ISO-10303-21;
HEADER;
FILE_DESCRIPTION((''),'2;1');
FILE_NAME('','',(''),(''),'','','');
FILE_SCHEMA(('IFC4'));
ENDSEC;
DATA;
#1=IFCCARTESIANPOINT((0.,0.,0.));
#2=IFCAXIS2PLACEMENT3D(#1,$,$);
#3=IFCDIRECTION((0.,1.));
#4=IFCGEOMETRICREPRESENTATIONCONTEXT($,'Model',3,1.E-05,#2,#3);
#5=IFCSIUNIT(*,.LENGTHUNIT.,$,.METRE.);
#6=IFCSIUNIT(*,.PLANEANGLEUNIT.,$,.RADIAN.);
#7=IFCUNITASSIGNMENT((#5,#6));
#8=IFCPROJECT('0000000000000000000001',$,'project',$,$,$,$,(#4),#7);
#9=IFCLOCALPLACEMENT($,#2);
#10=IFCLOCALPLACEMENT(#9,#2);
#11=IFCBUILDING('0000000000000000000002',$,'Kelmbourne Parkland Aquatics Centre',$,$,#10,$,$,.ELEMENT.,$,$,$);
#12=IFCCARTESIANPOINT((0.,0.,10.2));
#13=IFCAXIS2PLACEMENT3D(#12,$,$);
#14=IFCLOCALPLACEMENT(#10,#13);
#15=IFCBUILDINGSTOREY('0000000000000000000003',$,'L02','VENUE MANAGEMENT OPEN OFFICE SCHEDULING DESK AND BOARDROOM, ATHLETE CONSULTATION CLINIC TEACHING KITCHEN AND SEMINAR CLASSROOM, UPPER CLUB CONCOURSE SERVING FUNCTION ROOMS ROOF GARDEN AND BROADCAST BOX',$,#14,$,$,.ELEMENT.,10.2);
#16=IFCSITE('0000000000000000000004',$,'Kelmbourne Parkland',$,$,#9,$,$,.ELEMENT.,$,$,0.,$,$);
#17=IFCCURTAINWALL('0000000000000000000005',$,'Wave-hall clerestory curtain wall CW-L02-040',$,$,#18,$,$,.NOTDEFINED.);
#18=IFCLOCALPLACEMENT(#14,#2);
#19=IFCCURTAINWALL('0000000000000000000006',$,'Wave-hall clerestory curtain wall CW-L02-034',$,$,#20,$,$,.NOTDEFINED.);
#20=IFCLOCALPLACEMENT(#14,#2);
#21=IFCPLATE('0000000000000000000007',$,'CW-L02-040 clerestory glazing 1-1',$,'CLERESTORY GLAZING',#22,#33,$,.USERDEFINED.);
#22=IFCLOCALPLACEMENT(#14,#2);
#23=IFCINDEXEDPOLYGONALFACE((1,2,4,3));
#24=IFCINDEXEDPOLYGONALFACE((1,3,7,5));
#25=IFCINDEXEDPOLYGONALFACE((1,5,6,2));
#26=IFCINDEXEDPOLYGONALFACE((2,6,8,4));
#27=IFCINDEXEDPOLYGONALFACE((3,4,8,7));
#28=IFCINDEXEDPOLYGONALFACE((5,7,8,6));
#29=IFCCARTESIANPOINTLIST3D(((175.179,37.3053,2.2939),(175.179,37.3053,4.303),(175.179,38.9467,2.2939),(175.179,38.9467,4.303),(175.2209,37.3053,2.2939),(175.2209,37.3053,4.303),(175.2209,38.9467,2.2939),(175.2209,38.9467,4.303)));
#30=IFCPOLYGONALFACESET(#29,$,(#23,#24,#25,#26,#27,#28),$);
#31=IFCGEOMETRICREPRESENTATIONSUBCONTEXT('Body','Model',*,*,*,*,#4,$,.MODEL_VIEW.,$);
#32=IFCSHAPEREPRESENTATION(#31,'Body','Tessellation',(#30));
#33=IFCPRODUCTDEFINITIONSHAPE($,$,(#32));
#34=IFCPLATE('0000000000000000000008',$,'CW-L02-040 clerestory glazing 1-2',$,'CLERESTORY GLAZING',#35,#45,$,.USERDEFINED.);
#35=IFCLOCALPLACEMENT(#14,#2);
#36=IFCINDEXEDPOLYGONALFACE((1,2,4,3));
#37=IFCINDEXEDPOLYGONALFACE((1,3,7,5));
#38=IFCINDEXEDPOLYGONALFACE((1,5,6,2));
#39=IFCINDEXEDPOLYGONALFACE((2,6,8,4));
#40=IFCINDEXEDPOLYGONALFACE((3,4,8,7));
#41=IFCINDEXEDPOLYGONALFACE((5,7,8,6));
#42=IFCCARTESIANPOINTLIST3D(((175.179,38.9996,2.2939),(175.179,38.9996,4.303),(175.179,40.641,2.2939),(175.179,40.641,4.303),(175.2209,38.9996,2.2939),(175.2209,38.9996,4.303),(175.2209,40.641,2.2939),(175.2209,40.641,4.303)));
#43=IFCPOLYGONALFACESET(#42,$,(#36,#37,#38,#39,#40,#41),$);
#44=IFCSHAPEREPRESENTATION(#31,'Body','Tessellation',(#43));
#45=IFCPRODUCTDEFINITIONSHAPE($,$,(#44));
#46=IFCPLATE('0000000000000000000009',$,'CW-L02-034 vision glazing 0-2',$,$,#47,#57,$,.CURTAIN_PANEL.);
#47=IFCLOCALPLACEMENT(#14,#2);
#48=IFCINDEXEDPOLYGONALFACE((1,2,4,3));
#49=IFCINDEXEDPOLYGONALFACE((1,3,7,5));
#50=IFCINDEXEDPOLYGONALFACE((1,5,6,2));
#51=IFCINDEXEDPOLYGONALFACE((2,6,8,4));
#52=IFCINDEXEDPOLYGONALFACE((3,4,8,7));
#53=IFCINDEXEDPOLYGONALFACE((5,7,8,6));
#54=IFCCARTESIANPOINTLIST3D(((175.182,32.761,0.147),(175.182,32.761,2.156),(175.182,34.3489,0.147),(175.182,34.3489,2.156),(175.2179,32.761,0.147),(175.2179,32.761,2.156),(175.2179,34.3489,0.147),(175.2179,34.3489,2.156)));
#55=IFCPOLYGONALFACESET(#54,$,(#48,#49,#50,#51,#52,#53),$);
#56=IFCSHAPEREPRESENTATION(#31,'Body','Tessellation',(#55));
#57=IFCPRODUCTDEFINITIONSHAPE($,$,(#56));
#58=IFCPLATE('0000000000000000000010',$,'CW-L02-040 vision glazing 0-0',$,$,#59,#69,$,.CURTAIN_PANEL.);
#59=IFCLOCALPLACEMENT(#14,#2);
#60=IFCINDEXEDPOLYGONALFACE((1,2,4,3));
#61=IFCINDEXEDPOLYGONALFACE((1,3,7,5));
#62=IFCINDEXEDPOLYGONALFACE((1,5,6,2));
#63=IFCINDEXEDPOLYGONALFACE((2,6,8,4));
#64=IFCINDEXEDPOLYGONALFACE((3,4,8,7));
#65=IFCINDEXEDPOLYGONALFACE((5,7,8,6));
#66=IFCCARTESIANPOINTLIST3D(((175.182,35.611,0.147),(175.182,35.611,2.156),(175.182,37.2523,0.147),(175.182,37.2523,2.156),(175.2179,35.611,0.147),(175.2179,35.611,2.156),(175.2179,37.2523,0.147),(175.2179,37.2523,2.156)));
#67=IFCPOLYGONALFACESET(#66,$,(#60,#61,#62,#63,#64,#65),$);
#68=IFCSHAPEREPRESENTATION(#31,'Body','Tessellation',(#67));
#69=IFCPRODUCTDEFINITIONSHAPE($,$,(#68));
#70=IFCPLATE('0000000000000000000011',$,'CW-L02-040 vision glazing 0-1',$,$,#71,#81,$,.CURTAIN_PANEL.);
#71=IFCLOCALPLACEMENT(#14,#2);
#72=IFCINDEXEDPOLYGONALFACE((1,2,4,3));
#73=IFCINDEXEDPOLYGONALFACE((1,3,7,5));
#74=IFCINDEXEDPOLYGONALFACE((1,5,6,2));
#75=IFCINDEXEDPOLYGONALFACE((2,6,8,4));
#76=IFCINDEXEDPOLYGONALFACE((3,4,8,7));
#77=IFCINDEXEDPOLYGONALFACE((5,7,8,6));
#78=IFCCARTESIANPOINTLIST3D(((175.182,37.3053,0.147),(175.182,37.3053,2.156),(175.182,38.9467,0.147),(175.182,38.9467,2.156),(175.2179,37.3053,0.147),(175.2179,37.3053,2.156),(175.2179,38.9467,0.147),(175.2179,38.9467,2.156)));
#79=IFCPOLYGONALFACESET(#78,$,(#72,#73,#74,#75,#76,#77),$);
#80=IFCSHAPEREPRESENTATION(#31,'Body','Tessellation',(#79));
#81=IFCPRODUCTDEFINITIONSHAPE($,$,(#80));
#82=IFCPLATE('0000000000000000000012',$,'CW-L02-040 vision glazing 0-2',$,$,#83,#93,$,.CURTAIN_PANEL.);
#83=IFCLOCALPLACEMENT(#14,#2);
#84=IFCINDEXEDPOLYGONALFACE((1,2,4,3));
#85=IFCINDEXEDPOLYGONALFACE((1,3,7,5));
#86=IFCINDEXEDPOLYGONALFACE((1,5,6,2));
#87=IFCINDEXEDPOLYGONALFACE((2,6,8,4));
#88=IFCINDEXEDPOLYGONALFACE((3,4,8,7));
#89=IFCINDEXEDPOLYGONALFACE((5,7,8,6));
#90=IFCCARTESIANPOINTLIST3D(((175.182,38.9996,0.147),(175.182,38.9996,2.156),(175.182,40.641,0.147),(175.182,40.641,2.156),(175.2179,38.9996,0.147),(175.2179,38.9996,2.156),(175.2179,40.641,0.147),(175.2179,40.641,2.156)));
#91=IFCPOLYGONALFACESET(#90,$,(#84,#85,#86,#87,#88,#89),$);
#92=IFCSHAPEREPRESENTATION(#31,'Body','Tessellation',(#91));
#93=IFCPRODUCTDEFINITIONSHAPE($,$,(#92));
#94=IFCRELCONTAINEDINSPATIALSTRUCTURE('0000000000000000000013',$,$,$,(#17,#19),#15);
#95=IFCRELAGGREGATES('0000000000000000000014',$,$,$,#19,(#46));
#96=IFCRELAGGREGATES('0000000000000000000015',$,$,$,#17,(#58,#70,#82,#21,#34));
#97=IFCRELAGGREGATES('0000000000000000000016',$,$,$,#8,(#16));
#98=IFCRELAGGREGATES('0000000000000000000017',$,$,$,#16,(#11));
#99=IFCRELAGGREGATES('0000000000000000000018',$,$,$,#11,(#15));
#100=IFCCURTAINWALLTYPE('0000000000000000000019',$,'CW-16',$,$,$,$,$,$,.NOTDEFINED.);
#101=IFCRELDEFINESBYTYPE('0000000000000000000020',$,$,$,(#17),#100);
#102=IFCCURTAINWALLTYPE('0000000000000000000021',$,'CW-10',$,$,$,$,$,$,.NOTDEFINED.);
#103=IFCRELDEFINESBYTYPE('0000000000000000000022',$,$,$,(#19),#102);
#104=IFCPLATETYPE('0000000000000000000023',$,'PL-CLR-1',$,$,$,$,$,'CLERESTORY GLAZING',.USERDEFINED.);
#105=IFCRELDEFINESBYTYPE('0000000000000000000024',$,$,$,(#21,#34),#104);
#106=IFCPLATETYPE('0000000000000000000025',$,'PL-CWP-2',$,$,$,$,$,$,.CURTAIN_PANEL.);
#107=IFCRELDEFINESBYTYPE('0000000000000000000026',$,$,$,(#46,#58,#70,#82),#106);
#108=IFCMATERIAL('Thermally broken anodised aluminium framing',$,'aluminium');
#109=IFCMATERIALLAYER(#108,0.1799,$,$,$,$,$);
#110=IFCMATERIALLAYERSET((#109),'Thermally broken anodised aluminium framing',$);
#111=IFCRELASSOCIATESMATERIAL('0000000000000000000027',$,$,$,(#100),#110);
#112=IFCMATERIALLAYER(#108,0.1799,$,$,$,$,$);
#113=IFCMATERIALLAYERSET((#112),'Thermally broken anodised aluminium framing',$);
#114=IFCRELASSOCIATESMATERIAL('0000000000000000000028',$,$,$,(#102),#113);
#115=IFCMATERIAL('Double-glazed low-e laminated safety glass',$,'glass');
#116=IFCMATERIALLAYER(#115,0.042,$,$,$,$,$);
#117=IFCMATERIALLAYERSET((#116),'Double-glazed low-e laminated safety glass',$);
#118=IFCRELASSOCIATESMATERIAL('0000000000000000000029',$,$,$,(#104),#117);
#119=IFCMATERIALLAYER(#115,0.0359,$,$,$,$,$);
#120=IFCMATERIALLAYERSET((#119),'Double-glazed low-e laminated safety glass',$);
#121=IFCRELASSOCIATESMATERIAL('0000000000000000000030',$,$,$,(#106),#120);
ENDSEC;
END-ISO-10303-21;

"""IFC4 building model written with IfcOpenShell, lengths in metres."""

from ifc_helpers import new_model, si_unit, direction, frame, origin, origin_2d, place, context, subcontext, project, spatial, rectangle, extrude, material, layer, layer_set, type_object, element, aggregate, save


model = new_model("IFC4")

# Units and contexts
model_context = context("Model", 3, precision=1e-05, world=origin(), true_north=direction((0.0, 1.0)))
body_context = subcontext(model_context, "Body", "Model", "MODEL_VIEW")
ifc_project = project(units=[si_unit("LENGTHUNIT", "METRE"), si_unit("PLANEANGLEUNIT", "RADIAN")], contexts=[model_context])

# Site, building, storey
site_placement = place(None, origin())
site = spatial("IfcSite", under=ifc_project, at=site_placement, Name="Kelmbourne Parkland", CompositionType="ELEMENT", RefElevation=0.0)
building_placement = place(site_placement, origin())
building = spatial("IfcBuilding", under=site, at=building_placement, Name="Kelmbourne Parkland Aquatics Centre", CompositionType="ELEMENT")
storey_placement = place(building_placement, frame((0.0, 0.0, 10.2)))
storey = spatial("IfcBuildingStorey", under=building, at=storey_placement, Name="L02", Description="VENUE MANAGEMENT OPEN OFFICE SCHEDULING DESK AND BOARDROOM, ATHLETE CONSULTATION CLINIC TEACHING KITCHEN AND SEMINAR CLASSROOM, UPPER CLUB CONCOURSE SERVING FUNCTION ROOMS ROOF GARDEN AND BROADCAST BOX", CompositionType="ELEMENT", Elevation=10.2)

# Curtain wall
ifc_material_1 = material(Name="Thermally broken anodised aluminium framing", Category="aluminium")
ifc_layer_1 = layer(ifc_material_1, 0.1799)
ifc_layer_set_1 = layer_set([ifc_layer_1], Name="Thermally broken anodised aluminium framing")
curtain_wall_type_1 = type_object("IfcCurtainWallType", Name="CW-16", PredefinedType="NOTDEFINED", material=ifc_layer_set_1)
curtain_wall_1_placement = place(storey_placement, origin())
curtain_wall_1 = element("IfcCurtainWall", 1, at=curtain_wall_1_placement, inside=storey, type_object=curtain_wall_type_1, Name="Wave-hall clerestory curtain wall CW-L02-040", PredefinedType="NOTDEFINED")

# Curtain wall
ifc_layer_2 = layer(ifc_material_1, 0.1799)
ifc_layer_set_2 = layer_set([ifc_layer_2], Name="Thermally broken anodised aluminium framing")
curtain_wall_type_2 = type_object("IfcCurtainWallType", Name="CW-10", PredefinedType="NOTDEFINED", material=ifc_layer_set_2)
curtain_wall_2_placement = place(storey_placement, origin())
curtain_wall_2 = element("IfcCurtainWall", 2, at=curtain_wall_2_placement, inside=storey, type_object=curtain_wall_type_2, Name="Wave-hall clerestory curtain wall CW-L02-034", PredefinedType="NOTDEFINED")

# Plates
ifc_material_2 = material(Name="Double-glazed low-e laminated safety glass", Category="glass")
ifc_layer_3 = layer(ifc_material_2, 0.042)
ifc_layer_set_3 = layer_set([ifc_layer_3], Name="Double-glazed low-e laminated safety glass")
plate_type_1 = type_object("IfcPlateType", Name="PL-CLR-1", ElementType="CLERESTORY GLAZING", PredefinedType="USERDEFINED", material=ifc_layer_set_3)
plate_1_placement = place(storey_placement, frame((175.2, 38.126, 2.2939), z_axis=(0.0, 0.0, 1.0), x_axis=(0.0, 1.0, 0.0)))
plate_1 = element("IfcPlate", 3, at=plate_1_placement, type_object=plate_type_1, Name="CW-L02-040 clerestory glazing 1-1", ObjectType="CLERESTORY GLAZING", PredefinedType="USERDEFINED", context=body_context, shape_type="SweptSolid", body=[
    extrude(rectangle(XDim=1.6414, YDim=0.042, at=origin_2d()), origin(), (0.0, 0.0, 1.0), 2.009),
])
plate_2_placement = place(storey_placement, frame((175.2, 39.8203, 2.2939), z_axis=(0.0, 0.0, 1.0), x_axis=(0.0, 1.0, 0.0)))
plate_2 = element("IfcPlate", 4, at=plate_2_placement, type_object=plate_type_1, Name="CW-L02-040 clerestory glazing 1-2", ObjectType="CLERESTORY GLAZING", PredefinedType="USERDEFINED", context=body_context, shape_type="SweptSolid", body=[
    extrude(rectangle(XDim=1.6414, YDim=0.042, at=origin_2d()), origin(), (0.0, 0.0, 1.0), 2.009),
])
ifc_layer_4 = layer(ifc_material_2, 0.0359)
ifc_layer_set_4 = layer_set([ifc_layer_4], Name="Double-glazed low-e laminated safety glass")
plate_type_2 = type_object("IfcPlateType", Name="PL-CWP-2", PredefinedType="CURTAIN_PANEL", material=ifc_layer_set_4)
plate_3_placement = place(storey_placement, frame((175.2, 33.5549, 0.147), z_axis=(0.0, 0.0, 1.0), x_axis=(0.0, 1.0, 0.0)))
plate_3 = element("IfcPlate", 5, at=plate_3_placement, type_object=plate_type_2, Name="CW-L02-034 vision glazing 0-2", PredefinedType="CURTAIN_PANEL", context=body_context, shape_type="SweptSolid", body=[
    extrude(rectangle(XDim=1.5879, YDim=0.0359, at=origin_2d()), origin(), (0.0, 0.0, 1.0), 2.009),
])
aggregate(curtain_wall_2, [plate_3])
plate_4_placement = place(storey_placement, frame((175.2, 36.4316, 0.147), z_axis=(0.0, 0.0, 1.0), x_axis=(0.0, 1.0, 0.0)))
plate_4 = element("IfcPlate", 6, at=plate_4_placement, type_object=plate_type_2, Name="CW-L02-040 vision glazing 0-0", PredefinedType="CURTAIN_PANEL", context=body_context, shape_type="SweptSolid", body=[
    extrude(rectangle(XDim=1.6414, YDim=0.0359, at=origin_2d()), origin(), (0.0, 0.0, 1.0), 2.009),
])
plate_5_placement = place(storey_placement, frame((175.2, 38.126, 0.147), z_axis=(0.0, 0.0, 1.0), x_axis=(0.0, 1.0, 0.0)))
plate_5 = element("IfcPlate", 7, at=plate_5_placement, type_object=plate_type_2, Name="CW-L02-040 vision glazing 0-1", PredefinedType="CURTAIN_PANEL", context=body_context, shape_type="SweptSolid", body=[
    extrude(rectangle(XDim=1.6414, YDim=0.0359, at=origin_2d()), origin(), (0.0, 0.0, 1.0), 2.009),
])
plate_6_placement = place(storey_placement, frame((175.2, 39.8203, 0.147), z_axis=(0.0, 0.0, 1.0), x_axis=(0.0, 1.0, 0.0)))
plate_6 = element("IfcPlate", 8, at=plate_6_placement, type_object=plate_type_2, Name="CW-L02-040 vision glazing 0-2", PredefinedType="CURTAIN_PANEL", context=body_context, shape_type="SweptSolid", body=[
    extrude(rectangle(XDim=1.6414, YDim=0.0359, at=origin_2d()), origin(), (0.0, 0.0, 1.0), 2.009),
])
aggregate(curtain_wall_1, [plate_4, plate_5, plate_6, plate_1, plate_2])

save(model, "model.ifc")
